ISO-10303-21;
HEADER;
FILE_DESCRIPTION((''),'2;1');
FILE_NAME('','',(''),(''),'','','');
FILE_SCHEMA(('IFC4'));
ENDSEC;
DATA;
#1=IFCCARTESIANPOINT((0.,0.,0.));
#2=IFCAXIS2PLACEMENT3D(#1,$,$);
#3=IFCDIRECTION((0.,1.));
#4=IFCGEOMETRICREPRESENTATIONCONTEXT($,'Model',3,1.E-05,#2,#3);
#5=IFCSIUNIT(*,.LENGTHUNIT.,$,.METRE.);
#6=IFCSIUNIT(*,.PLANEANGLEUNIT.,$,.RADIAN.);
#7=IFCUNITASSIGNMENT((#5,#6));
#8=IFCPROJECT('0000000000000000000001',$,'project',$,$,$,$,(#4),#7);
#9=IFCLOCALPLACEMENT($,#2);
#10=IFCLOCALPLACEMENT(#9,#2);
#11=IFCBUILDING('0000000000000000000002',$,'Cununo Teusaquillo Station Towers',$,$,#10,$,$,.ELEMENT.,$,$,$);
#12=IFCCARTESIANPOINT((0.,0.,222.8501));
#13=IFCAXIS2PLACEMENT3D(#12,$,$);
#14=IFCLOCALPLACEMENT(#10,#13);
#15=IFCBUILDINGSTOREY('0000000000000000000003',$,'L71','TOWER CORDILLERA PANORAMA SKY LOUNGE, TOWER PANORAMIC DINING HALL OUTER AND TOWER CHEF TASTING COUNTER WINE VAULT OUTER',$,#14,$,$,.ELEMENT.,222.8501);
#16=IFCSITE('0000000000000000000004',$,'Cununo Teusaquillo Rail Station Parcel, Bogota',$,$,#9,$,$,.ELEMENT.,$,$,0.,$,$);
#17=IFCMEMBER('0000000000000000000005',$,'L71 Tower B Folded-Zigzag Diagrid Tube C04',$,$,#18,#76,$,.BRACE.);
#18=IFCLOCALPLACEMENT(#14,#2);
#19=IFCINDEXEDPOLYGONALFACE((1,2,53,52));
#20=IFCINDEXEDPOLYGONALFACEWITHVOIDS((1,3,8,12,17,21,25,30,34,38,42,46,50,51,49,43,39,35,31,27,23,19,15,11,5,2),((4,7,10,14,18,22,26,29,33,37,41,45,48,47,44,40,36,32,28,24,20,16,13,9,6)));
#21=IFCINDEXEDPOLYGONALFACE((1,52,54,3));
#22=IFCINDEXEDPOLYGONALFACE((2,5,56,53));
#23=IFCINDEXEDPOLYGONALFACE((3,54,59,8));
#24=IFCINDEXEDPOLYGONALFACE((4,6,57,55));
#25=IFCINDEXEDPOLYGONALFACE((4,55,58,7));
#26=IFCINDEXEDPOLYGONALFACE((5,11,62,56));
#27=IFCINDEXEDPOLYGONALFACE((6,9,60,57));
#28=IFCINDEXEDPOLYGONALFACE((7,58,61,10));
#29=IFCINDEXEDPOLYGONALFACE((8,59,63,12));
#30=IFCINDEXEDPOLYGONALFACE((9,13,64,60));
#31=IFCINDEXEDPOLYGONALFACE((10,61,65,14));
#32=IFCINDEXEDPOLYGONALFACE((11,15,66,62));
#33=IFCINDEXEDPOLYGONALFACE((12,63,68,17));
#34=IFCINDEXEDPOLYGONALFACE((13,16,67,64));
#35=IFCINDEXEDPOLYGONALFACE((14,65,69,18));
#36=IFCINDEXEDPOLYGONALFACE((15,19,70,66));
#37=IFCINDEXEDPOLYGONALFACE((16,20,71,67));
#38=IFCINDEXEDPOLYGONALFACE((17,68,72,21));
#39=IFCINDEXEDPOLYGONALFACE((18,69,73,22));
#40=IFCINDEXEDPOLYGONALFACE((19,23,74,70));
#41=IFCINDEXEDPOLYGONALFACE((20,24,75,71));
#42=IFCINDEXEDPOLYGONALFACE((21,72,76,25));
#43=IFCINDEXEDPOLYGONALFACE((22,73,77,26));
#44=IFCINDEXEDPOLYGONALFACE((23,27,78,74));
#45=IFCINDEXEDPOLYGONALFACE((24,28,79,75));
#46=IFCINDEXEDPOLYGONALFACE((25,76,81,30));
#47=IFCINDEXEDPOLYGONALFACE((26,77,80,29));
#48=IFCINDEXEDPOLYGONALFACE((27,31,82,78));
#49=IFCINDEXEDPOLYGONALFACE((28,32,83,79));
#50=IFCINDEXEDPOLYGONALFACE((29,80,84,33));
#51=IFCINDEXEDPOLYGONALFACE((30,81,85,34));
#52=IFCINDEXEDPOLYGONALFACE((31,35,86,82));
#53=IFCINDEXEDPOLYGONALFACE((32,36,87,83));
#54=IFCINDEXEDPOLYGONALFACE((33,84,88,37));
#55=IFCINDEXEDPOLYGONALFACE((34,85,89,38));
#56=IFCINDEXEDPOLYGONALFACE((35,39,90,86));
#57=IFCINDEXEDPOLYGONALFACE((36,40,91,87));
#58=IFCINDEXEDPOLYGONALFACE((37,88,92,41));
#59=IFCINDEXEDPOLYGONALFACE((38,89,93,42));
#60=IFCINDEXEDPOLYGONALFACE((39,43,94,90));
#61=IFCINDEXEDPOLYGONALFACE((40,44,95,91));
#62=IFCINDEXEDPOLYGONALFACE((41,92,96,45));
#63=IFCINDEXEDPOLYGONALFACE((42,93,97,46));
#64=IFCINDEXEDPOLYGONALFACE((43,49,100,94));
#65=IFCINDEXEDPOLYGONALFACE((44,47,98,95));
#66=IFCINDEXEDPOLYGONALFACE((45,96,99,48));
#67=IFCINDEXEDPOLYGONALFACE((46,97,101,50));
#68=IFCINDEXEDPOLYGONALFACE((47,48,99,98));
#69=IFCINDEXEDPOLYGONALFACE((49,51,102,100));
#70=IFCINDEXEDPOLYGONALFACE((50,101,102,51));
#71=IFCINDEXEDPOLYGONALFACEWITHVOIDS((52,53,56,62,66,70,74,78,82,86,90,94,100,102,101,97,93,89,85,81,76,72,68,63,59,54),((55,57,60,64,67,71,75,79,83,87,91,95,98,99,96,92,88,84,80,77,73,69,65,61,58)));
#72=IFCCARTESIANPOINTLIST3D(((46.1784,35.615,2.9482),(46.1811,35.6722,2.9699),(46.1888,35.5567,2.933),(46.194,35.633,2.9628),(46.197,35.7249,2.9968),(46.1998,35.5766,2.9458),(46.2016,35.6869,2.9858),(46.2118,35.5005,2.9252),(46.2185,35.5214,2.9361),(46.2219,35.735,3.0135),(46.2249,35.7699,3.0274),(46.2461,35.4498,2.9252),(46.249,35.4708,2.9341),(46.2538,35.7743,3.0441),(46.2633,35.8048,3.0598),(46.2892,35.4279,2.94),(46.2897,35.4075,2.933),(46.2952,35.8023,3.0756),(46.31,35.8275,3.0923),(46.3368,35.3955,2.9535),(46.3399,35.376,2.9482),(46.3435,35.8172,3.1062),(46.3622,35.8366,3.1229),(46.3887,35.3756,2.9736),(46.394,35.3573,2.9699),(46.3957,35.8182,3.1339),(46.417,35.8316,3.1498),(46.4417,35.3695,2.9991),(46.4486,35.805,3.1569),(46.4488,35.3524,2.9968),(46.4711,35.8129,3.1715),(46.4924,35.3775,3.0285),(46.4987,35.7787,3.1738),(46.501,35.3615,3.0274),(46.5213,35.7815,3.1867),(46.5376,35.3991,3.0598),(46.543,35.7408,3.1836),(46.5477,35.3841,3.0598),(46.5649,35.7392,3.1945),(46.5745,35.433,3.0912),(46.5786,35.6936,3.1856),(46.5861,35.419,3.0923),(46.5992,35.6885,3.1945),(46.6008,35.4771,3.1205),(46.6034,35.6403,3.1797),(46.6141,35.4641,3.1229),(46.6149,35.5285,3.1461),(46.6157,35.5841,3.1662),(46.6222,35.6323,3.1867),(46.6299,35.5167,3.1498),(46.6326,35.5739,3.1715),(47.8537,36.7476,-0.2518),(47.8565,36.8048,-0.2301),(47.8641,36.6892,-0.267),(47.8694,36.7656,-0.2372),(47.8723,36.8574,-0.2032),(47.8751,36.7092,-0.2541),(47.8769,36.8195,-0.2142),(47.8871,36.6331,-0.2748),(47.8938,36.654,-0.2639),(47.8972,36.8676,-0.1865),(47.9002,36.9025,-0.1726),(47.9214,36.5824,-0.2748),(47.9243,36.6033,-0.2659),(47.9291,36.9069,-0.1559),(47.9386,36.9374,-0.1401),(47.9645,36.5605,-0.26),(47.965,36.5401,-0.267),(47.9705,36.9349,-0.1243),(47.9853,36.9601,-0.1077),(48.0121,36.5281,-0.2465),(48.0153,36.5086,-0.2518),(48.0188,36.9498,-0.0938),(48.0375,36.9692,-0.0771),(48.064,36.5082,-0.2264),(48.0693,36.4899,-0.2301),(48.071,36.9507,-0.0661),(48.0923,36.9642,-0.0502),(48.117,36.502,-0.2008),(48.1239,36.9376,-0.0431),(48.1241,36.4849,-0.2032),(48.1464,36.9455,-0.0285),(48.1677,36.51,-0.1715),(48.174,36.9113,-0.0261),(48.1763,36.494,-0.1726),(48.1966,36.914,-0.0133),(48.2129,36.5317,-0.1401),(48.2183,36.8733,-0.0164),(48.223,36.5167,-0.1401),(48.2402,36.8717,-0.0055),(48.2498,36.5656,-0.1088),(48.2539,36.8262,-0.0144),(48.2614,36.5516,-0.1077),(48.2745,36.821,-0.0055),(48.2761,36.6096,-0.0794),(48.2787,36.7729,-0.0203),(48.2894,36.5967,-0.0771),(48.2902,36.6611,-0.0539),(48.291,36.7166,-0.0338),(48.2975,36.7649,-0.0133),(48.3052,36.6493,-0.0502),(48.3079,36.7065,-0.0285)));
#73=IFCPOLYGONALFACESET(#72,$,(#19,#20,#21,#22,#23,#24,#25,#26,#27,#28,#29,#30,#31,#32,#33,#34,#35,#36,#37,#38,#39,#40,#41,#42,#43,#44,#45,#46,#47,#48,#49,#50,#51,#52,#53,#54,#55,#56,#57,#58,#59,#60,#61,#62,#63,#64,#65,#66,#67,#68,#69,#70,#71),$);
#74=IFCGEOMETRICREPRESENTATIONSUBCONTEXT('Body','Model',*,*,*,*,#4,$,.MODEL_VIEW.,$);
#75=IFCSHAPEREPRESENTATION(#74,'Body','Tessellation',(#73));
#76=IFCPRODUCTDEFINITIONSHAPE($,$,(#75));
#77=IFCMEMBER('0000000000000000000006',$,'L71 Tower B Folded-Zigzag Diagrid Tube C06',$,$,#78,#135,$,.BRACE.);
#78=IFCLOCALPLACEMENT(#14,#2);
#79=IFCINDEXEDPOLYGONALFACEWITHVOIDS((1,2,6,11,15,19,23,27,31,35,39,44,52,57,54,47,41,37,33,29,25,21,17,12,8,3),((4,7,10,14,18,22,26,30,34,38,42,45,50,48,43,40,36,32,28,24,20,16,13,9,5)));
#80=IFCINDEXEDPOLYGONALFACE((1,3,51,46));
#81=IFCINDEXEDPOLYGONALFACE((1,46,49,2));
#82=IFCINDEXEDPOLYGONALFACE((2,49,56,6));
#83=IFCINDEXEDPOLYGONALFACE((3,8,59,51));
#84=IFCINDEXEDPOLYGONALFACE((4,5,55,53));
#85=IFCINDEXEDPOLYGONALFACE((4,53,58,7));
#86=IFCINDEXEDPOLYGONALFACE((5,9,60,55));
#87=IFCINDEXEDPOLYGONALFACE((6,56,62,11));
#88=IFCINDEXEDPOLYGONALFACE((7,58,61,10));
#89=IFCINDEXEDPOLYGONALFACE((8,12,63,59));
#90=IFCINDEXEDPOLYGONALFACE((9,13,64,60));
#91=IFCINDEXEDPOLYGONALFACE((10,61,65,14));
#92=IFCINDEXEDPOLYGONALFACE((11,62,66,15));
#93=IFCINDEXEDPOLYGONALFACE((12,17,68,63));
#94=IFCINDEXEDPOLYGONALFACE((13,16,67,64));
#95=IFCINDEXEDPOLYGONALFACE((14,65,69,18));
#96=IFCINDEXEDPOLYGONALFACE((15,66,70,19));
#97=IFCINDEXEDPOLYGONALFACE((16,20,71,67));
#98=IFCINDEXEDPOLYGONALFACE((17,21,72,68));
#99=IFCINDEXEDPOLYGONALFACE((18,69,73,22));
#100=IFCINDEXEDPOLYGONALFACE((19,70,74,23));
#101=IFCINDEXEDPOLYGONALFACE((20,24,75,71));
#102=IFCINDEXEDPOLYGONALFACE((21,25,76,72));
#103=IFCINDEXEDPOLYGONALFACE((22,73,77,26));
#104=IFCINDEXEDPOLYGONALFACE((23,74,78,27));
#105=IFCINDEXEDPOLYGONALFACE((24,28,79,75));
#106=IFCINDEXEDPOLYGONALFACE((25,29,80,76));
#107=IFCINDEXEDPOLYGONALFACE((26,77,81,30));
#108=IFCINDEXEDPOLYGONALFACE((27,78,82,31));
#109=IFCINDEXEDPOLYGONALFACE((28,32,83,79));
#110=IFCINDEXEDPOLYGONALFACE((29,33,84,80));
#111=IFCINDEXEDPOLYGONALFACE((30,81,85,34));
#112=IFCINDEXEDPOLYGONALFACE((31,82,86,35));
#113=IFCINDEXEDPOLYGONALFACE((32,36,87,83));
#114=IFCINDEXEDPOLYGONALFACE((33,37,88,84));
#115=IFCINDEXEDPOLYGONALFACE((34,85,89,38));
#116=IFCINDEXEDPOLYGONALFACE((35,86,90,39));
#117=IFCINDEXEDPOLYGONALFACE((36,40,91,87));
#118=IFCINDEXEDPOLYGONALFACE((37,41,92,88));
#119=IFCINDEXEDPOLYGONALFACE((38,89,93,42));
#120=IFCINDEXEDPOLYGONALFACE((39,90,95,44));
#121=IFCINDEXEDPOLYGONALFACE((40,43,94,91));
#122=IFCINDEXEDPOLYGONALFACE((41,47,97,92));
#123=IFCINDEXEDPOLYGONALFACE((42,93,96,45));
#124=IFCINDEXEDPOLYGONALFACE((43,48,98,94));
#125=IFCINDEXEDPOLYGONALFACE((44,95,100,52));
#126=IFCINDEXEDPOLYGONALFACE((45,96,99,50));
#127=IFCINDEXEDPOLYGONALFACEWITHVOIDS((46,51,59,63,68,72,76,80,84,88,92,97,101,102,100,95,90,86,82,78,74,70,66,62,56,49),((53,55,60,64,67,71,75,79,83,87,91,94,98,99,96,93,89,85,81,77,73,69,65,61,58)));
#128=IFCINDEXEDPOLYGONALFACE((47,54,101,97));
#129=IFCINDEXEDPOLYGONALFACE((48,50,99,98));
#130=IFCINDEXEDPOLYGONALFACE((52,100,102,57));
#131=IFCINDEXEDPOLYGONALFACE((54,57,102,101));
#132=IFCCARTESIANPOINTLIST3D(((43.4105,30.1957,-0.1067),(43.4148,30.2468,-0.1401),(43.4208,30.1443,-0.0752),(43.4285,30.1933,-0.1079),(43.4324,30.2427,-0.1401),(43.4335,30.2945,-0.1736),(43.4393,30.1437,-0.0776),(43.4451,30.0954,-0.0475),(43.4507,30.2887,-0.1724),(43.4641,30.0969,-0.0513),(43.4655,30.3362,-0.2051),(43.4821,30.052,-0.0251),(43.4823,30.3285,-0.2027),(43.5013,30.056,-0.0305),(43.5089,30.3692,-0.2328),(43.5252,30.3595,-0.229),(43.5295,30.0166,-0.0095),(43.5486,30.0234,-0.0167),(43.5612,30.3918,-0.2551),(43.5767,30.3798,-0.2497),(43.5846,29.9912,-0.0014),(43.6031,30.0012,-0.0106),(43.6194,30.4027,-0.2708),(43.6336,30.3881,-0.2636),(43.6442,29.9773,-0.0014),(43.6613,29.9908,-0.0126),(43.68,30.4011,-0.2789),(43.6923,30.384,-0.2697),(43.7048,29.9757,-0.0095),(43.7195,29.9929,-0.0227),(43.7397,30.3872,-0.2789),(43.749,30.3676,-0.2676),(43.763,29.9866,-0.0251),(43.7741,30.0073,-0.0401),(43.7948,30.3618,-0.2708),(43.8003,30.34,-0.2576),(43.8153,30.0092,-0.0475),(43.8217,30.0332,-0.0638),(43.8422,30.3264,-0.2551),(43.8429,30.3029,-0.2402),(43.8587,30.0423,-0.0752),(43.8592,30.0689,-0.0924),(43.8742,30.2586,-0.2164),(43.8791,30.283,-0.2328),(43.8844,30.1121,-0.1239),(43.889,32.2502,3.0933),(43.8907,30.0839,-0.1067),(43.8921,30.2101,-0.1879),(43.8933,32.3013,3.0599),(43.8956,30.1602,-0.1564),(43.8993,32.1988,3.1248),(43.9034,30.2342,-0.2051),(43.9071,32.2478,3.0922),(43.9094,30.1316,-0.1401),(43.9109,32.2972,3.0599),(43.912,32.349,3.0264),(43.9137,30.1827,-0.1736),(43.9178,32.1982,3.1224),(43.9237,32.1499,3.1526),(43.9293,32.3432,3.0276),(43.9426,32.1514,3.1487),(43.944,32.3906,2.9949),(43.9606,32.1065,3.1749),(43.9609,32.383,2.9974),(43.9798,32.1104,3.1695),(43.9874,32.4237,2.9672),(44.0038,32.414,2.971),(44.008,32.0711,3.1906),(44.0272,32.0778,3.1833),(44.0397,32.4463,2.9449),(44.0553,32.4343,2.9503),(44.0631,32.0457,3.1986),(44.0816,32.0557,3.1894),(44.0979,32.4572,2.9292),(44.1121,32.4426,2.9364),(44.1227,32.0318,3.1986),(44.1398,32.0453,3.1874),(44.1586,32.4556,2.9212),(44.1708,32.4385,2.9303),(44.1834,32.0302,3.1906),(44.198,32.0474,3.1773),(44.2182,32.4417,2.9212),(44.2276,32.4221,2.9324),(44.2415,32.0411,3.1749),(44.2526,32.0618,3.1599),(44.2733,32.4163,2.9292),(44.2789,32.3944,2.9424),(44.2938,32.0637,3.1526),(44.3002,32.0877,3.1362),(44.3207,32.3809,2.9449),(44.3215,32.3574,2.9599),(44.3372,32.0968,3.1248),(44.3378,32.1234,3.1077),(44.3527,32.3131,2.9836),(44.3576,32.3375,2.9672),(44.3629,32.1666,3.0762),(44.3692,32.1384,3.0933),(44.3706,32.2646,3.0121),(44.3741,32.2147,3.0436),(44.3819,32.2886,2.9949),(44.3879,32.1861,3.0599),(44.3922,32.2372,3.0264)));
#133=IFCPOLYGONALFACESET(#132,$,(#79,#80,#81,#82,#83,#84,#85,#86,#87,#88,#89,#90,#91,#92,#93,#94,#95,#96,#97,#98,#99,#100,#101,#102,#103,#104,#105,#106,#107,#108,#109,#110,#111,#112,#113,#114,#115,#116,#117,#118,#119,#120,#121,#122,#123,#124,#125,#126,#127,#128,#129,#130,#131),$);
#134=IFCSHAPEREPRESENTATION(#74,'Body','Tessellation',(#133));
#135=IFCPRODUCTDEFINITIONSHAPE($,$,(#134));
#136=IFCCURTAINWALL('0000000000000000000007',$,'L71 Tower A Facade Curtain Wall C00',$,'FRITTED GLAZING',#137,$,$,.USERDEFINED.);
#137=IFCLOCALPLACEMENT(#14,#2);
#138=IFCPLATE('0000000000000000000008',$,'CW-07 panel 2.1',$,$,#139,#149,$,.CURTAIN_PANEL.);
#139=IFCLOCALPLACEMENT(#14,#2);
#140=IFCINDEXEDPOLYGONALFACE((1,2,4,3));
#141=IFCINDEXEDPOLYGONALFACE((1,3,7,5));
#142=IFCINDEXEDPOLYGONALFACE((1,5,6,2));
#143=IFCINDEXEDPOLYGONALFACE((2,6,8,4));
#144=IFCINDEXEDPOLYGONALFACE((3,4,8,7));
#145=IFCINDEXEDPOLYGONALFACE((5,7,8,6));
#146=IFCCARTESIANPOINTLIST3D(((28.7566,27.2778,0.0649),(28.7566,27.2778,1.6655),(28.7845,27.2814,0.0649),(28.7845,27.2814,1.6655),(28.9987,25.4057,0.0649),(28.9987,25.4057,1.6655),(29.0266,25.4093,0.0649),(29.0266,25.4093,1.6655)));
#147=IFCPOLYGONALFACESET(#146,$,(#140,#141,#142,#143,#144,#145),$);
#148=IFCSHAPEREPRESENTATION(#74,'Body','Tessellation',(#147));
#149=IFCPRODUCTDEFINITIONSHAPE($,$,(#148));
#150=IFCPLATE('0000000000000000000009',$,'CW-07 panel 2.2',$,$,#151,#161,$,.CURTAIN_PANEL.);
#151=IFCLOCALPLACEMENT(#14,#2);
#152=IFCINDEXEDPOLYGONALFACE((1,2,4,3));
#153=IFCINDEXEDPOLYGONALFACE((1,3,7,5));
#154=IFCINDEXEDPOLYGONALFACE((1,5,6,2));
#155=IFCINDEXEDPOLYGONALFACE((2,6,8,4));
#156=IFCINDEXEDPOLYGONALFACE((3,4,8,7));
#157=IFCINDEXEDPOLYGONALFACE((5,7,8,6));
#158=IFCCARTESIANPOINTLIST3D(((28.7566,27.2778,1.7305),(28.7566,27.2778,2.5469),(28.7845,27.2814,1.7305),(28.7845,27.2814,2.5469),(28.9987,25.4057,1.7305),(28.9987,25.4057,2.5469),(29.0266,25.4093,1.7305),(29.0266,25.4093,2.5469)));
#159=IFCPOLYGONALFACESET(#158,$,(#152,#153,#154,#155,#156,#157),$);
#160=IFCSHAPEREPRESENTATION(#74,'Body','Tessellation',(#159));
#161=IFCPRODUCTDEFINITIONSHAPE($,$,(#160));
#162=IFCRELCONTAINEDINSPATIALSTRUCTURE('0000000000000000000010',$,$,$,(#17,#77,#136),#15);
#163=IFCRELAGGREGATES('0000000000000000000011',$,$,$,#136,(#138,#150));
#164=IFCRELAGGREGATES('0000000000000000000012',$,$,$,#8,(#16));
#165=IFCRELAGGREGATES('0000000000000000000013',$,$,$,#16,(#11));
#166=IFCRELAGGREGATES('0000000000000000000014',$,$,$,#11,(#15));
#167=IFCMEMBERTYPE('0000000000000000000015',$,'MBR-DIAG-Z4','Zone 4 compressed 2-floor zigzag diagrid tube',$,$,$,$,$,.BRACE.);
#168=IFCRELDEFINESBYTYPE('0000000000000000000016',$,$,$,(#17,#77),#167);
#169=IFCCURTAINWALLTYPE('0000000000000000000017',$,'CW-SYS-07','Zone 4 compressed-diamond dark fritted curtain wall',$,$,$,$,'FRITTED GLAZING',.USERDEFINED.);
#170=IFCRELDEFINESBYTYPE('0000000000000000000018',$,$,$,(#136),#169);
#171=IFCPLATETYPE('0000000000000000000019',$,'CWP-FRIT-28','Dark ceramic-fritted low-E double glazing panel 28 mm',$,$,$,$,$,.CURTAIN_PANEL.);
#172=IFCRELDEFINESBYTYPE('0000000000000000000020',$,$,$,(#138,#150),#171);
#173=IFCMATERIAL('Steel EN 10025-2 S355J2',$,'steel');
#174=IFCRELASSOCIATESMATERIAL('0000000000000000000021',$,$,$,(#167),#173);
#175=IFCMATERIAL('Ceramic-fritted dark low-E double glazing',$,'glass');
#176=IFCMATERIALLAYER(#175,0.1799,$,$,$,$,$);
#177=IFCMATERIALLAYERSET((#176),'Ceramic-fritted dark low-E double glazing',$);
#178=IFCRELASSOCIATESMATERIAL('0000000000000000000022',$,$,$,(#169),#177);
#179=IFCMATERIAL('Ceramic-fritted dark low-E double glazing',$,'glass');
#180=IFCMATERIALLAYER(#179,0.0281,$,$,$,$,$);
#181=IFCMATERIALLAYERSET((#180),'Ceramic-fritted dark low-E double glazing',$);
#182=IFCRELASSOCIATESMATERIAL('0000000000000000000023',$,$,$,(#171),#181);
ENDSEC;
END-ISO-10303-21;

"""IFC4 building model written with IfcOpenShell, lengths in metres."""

from ifc_helpers import new_model, si_unit, direction, frame, origin, origin_2d, place, context, subcontext, project, spatial, rectangle, hollow_circle, extrude, source, transform, mapped, material, layer, layer_set, material_profile, profile_set, type_object, element, aggregate, save


model = new_model("IFC4")

# Units and contexts
model_context = context("Model", 3, precision=1e-05, world=origin(), true_north=direction((0.0, 1.0)))
body_context = subcontext(model_context, "Body", "Model", "MODEL_VIEW")
ifc_project = project(units=[si_unit("LENGTHUNIT", "METRE"), si_unit("PLANEANGLEUNIT", "RADIAN")], contexts=[model_context])

# Site, building, storey
site_placement = place(None, origin())
site = spatial("IfcSite", under=ifc_project, at=site_placement, Name="Cununo Teusaquillo Rail Station Parcel, Bogota", CompositionType="ELEMENT", RefElevation=0.0)
building_placement = place(site_placement, origin())
building = spatial("IfcBuilding", under=site, at=building_placement, Name="Cununo Teusaquillo Station Towers", CompositionType="ELEMENT")
storey_placement = place(building_placement, frame((0.0, 0.0, 222.8501)))
storey = spatial("IfcBuildingStorey", under=building, at=storey_placement, Name="L71", Description="TOWER CORDILLERA PANORAMA SKY LOUNGE, TOWER PANORAMIC DINING HALL OUTER AND TOWER CHEF TASTING COUNTER WINE VAULT OUTER", CompositionType="ELEMENT", Elevation=222.8501)

# Members
ifc_material_1 = material(Name="Steel EN 10025-2 S355J2", Category="steel")
ifc_material_profile_1 = material_profile(ifc_material_1, hollow_circle(Radius=0.2539, WallThickness=0.0181, at=origin_2d()), Name="CHS 508x18")
ifc_profile_set_1 = profile_set([ifc_material_profile_1], Name="Steel EN 10025-2 S355J2")
member_type = type_object("IfcMemberType", Name="MBR-DIAG-Z4", Description="Zone 4 compressed 2-floor zigzag diagrid tube", PredefinedType="BRACE", material=ifc_profile_set_1)
member_1_placement = place(storey_placement, frame((48.0808, 36.7271, -0.1401), z_axis=(-0.442571, -0.299196, 0.845348), x_axis=(0.560066, -0.828448, 0.0)))
element("IfcMember", 1, at=member_1_placement, inside=storey, type_object=member_type, Name="L71 Tower B Folded-Zigzag Diagrid Tube C04", PredefinedType="BRACE", context=body_context, shape_type="SweptSolid", body=[
    extrude(hollow_circle(Radius=0.2539, WallThickness=0.0181, at=origin_2d()), origin(), (0.0, 0.0, 1.0), 3.7854),
])
member_2_placement = place(storey_placement, frame((43.6621, 30.1892, -0.1401), z_axis=(0.124852, 0.536034, 0.834913), x_axis=(-0.973931, 0.226845, 0.0)))
element("IfcMember", 2, at=member_2_placement, inside=storey, type_object=member_type, Name="L71 Tower B Folded-Zigzag Diagrid Tube C06", PredefinedType="BRACE", context=body_context, shape_type="SweptSolid", body=[
    extrude(hollow_circle(Radius=0.2539, WallThickness=0.0181, at=origin_2d()), origin(), (0.0, 0.0, 1.0), 3.8328),
])

# Curtain wall, plates
ifc_material_2 = material(Name="Ceramic-fritted dark low-E double glazing", Category="glass")
ifc_layer_1 = layer(ifc_material_2, 0.1799)
ifc_layer_set_1 = layer_set([ifc_layer_1], Name="Ceramic-fritted dark low-E double glazing")
curtain_wall_type = type_object("IfcCurtainWallType", Name="CW-SYS-07", Description="Zone 4 compressed-diamond dark fritted curtain wall", ElementType="FRITTED GLAZING", PredefinedType="USERDEFINED", material=ifc_layer_set_1)
curtain_wall_placement = place(storey_placement, origin())
curtain_wall = element("IfcCurtainWall", 3, at=curtain_wall_placement, inside=storey, type_object=curtain_wall_type, Name="L71 Tower A Facade Curtain Wall C00", ObjectType="FRITTED GLAZING", PredefinedType="USERDEFINED")
ifc_material_3 = material(Name="Ceramic-fritted dark low-E double glazing", Category="glass")
ifc_layer_2 = layer(ifc_material_3, 0.0281)
ifc_layer_set_2 = layer_set([ifc_layer_2], Name="Ceramic-fritted dark low-E double glazing")
plate_type = type_object("IfcPlateType", Name="CWP-FRIT-28", Description="Dark ceramic-fritted low-E double glazing panel 28 mm", PredefinedType="CURTAIN_PANEL", material=ifc_layer_set_2)
shared_shape_1 = source(origin(), body_context, "Body", "SweptSolid", [
    extrude(rectangle(XDim=1.8877, YDim=0.0281, at=origin_2d()), origin(), (0.0, 0.0, 1.0), 1.6006),
])
plate_1_placement = place(storey_placement, frame((28.8916, 26.3435, 0.0649), z_axis=(0.0, 0.0, 1.0), x_axis=(0.128253, -0.991742, 0.0)))
plate_1 = element("IfcPlate", 4, at=plate_1_placement, type_object=plate_type, Name="CW-07 panel 2.1", PredefinedType="CURTAIN_PANEL", context=body_context, shape_type="MappedRepresentation", body=[
    mapped(shared_shape_1, transform((0.0, 0.0, 0.0), x_axis=(1.0, 0.0, 0.0), y_axis=(0.0, 1.0, 0.0), z_axis=(0.0, 0.0, 1.0), scale=1.0)),
])
shared_shape_2 = source(origin(), body_context, "Body", "SweptSolid", [
    extrude(rectangle(XDim=1.8877, YDim=0.0281, at=origin_2d()), origin(), (0.0, 0.0, 1.0), 0.8164),
])
plate_2_placement = place(storey_placement, frame((28.8916, 26.3435, 1.7305), z_axis=(0.0, 0.0, 1.0), x_axis=(0.128253, -0.991742, 0.0)))
plate_2 = element("IfcPlate", 5, at=plate_2_placement, type_object=plate_type, Name="CW-07 panel 2.2", PredefinedType="CURTAIN_PANEL", context=body_context, shape_type="MappedRepresentation", body=[
    mapped(shared_shape_2, transform((0.0, 0.0, 0.0), x_axis=(1.0, 0.0, 0.0), y_axis=(0.0, 1.0, 0.0), z_axis=(0.0, 0.0, 1.0), scale=1.0)),
])
aggregate(curtain_wall, [plate_1, plate_2])

save(model, "model.ifc")
